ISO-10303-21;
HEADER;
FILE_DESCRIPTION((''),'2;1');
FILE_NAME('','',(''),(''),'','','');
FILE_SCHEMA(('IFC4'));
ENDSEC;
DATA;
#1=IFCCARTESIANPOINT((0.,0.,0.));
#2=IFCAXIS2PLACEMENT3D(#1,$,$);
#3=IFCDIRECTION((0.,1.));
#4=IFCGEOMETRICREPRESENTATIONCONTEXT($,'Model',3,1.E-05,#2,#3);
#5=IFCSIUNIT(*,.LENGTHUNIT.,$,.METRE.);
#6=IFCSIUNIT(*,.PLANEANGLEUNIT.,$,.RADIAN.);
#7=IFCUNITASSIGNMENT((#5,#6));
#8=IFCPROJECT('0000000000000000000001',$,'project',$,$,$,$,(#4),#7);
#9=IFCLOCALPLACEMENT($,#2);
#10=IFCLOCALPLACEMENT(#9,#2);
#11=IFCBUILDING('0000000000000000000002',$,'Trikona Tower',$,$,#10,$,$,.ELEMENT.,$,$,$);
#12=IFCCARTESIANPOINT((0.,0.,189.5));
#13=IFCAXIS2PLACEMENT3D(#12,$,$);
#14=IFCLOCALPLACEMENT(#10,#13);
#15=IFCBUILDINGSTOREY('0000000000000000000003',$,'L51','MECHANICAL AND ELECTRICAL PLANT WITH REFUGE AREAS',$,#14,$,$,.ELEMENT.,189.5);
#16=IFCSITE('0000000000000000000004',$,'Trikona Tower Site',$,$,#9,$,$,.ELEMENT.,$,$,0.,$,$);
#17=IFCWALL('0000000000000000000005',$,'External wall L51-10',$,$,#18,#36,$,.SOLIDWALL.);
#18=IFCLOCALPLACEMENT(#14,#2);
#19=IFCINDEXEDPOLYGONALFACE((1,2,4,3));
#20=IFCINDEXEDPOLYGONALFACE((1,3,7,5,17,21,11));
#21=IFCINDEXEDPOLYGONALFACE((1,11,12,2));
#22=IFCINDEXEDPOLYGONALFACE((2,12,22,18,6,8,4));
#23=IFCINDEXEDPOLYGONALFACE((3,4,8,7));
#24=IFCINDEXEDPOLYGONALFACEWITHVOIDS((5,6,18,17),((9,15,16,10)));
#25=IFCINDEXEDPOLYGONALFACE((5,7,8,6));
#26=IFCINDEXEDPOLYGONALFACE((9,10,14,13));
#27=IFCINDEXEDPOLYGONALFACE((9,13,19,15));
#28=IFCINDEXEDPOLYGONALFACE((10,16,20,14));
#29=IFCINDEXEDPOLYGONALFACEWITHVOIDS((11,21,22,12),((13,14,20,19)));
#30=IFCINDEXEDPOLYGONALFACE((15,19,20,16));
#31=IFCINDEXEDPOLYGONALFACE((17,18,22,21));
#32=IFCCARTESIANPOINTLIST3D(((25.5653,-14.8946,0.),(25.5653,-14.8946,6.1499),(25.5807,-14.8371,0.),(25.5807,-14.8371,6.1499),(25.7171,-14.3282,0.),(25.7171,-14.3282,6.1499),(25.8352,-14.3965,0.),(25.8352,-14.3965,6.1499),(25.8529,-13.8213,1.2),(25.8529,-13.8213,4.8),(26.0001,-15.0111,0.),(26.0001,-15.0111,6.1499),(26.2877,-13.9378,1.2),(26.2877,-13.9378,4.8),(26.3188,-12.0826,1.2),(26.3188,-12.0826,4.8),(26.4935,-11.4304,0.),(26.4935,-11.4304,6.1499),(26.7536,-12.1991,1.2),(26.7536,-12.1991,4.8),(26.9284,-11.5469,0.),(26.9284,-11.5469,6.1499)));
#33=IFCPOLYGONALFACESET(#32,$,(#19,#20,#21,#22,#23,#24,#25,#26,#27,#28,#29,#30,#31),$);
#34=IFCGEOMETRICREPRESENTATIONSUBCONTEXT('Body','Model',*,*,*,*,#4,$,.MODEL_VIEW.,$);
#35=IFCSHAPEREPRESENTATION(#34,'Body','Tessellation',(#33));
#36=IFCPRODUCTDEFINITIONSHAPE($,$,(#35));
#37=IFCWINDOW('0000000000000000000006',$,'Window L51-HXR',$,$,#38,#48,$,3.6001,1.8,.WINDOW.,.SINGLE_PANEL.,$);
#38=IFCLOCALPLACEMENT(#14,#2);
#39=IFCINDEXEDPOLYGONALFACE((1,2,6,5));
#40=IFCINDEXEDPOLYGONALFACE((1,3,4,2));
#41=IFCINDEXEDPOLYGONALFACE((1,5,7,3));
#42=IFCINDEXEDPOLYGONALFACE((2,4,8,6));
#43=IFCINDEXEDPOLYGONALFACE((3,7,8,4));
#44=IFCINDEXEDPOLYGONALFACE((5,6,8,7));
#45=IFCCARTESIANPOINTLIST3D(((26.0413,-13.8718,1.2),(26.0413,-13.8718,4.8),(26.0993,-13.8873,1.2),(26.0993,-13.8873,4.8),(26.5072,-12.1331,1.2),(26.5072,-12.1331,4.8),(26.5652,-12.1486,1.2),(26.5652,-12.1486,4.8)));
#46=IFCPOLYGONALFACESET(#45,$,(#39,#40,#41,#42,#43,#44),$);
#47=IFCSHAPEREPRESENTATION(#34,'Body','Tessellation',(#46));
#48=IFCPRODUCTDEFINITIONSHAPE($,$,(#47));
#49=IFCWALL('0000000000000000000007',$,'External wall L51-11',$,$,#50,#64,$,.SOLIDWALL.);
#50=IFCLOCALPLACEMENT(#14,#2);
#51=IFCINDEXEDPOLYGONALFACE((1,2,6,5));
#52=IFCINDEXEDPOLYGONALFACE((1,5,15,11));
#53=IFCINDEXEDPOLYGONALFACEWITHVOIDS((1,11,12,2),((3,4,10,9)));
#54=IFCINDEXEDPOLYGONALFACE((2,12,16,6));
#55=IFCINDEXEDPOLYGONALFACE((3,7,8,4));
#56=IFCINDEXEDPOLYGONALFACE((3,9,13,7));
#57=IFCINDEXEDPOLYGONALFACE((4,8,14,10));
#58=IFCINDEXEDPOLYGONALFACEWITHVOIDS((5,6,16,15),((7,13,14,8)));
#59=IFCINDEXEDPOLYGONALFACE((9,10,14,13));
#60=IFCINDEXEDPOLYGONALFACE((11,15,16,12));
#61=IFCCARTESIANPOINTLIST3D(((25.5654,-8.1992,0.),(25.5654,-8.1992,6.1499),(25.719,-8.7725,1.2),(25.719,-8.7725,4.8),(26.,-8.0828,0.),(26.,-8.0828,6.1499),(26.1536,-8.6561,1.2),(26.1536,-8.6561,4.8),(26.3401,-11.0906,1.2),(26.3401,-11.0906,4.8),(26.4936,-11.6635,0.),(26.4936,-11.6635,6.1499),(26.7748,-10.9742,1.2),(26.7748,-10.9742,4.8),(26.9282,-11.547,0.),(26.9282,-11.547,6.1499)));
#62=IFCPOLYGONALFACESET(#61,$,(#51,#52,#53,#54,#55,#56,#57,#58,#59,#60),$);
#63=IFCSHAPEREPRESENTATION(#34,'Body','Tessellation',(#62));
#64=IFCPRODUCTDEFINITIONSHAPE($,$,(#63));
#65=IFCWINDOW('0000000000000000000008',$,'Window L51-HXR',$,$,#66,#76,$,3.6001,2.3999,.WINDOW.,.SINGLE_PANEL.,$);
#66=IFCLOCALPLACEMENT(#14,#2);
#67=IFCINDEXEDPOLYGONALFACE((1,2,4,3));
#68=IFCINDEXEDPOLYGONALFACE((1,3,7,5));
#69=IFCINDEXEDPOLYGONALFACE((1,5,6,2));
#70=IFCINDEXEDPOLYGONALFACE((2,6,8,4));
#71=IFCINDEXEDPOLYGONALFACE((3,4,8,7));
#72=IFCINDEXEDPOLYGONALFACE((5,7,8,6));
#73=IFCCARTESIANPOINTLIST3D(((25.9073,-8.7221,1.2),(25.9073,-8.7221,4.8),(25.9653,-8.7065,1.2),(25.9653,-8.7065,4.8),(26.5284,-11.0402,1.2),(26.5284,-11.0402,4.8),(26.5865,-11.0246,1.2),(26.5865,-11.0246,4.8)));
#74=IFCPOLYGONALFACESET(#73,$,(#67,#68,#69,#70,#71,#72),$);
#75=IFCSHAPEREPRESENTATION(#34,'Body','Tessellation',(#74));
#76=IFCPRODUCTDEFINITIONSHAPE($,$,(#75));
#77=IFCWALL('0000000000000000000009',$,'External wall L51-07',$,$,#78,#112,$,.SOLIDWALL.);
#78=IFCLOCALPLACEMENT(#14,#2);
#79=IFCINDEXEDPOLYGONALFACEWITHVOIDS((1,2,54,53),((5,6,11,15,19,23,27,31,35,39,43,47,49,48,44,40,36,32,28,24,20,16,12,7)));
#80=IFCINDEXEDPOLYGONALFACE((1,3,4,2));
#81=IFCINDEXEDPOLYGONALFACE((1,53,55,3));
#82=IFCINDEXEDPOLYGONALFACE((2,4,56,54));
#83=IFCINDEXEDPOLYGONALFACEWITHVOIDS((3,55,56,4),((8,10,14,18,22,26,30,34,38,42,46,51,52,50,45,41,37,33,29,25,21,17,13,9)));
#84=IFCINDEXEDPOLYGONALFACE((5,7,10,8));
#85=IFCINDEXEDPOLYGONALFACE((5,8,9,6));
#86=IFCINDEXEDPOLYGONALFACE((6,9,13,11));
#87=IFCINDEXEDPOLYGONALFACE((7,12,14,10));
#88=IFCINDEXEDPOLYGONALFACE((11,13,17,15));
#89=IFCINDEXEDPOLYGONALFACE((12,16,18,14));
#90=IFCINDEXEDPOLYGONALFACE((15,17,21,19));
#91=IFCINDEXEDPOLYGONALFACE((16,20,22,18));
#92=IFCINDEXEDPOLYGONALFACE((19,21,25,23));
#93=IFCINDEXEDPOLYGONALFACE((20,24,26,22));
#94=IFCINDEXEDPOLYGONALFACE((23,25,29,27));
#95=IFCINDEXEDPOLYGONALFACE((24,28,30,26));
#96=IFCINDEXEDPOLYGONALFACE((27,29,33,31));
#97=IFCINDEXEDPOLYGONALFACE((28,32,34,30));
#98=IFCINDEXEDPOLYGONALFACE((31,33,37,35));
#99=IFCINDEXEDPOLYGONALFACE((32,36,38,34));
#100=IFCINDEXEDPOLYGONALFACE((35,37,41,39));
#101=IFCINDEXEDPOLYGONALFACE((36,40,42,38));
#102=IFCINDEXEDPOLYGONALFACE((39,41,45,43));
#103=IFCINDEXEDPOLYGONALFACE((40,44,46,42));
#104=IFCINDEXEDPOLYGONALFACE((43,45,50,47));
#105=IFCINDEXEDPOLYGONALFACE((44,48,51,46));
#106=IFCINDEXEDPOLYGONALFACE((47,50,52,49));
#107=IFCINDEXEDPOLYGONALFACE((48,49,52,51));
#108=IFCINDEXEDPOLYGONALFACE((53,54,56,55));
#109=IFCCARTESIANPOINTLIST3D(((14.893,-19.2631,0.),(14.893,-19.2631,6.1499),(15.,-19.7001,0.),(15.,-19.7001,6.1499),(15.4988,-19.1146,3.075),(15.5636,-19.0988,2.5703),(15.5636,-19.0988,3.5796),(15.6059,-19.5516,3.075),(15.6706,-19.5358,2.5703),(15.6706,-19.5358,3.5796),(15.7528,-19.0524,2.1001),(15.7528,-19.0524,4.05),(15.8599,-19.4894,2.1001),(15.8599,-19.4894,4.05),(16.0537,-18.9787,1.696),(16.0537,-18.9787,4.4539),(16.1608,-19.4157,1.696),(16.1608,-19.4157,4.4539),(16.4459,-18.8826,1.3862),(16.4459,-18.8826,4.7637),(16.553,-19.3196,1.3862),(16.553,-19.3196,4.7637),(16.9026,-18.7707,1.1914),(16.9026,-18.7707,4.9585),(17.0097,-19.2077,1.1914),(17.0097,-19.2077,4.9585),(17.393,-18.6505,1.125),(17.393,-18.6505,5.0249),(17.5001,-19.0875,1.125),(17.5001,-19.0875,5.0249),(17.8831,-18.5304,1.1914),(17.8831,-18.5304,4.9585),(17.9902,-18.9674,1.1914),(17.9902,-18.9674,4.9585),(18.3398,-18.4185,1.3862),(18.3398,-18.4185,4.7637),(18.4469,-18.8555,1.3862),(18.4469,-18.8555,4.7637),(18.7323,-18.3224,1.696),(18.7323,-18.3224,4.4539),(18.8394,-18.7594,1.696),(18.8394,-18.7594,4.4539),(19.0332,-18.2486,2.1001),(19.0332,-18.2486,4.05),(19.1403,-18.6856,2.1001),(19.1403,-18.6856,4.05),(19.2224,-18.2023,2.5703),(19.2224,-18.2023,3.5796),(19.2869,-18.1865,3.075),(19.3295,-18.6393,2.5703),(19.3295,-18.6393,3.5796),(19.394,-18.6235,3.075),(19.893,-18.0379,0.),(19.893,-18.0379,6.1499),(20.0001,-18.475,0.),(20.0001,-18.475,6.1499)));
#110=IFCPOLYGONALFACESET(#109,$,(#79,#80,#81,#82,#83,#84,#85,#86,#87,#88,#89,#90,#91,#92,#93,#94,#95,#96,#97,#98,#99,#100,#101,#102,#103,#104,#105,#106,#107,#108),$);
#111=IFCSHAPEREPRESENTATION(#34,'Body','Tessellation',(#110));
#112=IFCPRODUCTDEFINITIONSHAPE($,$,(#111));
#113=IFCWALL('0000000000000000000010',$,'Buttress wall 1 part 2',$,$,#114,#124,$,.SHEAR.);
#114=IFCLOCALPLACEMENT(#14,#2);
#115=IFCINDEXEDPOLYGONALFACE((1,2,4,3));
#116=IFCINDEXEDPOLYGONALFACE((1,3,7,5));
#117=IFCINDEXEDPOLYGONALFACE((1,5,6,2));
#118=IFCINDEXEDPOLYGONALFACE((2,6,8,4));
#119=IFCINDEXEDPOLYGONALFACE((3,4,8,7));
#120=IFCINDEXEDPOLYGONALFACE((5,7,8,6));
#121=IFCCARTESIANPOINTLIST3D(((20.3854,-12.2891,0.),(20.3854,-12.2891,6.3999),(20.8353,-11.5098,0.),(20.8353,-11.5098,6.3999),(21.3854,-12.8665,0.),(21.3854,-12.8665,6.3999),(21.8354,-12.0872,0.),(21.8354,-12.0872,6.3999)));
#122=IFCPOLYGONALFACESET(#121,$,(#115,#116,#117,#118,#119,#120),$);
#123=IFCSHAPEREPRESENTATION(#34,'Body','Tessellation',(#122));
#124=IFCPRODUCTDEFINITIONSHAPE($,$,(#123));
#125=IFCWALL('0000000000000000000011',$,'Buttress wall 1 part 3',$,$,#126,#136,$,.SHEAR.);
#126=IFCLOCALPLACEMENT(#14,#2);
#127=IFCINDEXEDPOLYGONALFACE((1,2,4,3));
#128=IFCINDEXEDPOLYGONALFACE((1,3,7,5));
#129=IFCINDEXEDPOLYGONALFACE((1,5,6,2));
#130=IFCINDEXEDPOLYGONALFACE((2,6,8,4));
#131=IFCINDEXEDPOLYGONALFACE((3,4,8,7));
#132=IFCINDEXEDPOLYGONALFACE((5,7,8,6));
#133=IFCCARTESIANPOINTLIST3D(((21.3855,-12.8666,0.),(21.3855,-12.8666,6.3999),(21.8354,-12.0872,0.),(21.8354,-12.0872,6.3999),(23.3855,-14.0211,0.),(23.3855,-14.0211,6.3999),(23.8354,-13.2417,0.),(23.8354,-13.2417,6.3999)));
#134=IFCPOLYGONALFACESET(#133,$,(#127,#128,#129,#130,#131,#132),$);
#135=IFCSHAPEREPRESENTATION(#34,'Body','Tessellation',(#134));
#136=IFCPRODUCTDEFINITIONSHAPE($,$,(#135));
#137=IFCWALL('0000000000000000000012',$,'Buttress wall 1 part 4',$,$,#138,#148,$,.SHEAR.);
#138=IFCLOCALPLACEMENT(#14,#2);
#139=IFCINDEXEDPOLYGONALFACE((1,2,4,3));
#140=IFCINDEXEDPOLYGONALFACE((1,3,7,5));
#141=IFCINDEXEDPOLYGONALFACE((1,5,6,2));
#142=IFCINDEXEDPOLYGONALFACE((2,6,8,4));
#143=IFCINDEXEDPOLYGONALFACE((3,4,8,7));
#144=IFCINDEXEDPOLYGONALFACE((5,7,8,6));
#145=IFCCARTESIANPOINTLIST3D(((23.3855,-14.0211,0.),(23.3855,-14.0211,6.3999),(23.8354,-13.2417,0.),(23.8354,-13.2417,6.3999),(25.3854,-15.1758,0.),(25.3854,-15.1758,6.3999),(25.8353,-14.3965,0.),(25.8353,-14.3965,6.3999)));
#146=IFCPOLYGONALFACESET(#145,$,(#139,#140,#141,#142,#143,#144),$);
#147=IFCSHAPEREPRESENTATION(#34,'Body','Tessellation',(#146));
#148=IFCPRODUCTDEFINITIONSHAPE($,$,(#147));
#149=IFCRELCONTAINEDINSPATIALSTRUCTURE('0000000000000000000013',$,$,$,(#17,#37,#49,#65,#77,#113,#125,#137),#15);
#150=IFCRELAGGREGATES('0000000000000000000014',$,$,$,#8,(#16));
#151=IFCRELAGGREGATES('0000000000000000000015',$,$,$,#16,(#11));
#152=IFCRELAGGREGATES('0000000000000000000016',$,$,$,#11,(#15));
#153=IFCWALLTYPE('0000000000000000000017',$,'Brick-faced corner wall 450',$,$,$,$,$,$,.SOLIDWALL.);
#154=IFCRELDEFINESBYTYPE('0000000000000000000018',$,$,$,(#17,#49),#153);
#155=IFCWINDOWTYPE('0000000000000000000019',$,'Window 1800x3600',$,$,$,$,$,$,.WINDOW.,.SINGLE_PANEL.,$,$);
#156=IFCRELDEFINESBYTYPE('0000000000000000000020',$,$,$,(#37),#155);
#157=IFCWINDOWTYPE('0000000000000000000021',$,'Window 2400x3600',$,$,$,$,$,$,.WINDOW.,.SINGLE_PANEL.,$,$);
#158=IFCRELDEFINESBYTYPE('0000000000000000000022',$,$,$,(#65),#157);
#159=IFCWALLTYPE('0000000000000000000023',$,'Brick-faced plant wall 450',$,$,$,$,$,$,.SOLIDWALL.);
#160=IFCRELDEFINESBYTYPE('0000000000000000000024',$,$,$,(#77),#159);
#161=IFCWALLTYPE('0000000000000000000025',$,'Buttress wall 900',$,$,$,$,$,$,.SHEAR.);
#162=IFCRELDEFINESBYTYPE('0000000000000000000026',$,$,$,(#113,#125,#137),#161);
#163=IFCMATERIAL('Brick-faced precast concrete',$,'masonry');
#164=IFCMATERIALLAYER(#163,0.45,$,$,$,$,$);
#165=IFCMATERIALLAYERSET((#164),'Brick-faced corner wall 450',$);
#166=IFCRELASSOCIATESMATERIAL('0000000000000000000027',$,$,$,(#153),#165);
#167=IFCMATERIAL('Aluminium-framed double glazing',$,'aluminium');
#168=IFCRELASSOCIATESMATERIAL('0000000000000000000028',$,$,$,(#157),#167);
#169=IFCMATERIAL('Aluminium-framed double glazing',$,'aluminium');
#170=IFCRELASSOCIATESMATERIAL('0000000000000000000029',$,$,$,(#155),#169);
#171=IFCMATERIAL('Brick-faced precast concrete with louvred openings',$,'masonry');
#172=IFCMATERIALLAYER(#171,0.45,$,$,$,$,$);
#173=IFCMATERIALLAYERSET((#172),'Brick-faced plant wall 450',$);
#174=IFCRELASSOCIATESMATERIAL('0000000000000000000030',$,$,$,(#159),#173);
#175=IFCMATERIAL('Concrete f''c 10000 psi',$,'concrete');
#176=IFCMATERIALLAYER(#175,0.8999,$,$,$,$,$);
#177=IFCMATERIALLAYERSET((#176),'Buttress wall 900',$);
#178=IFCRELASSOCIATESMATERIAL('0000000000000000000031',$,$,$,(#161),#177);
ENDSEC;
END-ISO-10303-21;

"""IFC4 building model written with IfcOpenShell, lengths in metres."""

from ifc_helpers import new_model, si_unit, direction, frame, frame_2d, origin, place, context, subcontext, project, spatial, polyline, rectangle, outline, extrude, material, layer, layer_set, type_object, element, fill, save


model = new_model("IFC4")

# Units and contexts
model_context = context("Model", 3, precision=1e-05, world=origin(), true_north=direction((0.0, 1.0)))
body_context = subcontext(model_context, "Body", "Model", "MODEL_VIEW")
ifc_project = project(units=[si_unit("LENGTHUNIT", "METRE"), si_unit("PLANEANGLEUNIT", "RADIAN")], contexts=[model_context])

# Site, building, storey
site_placement = place(None, origin())
site = spatial("IfcSite", under=ifc_project, at=site_placement, Name="Trikona Tower Site", CompositionType="ELEMENT", RefElevation=0.0)
building_placement = place(site_placement, origin())
building = spatial("IfcBuilding", under=site, at=building_placement, Name="Trikona Tower", CompositionType="ELEMENT")
storey_placement = place(building_placement, frame((0.0, 0.0, 189.5)))
storey = spatial("IfcBuildingStorey", under=building, at=storey_placement, Name="L51", Description="MECHANICAL AND ELECTRICAL PLANT WITH REFUGE AREAS", CompositionType="ELEMENT", Elevation=189.5)

# Walls, openings, windows
ifc_material_1 = material(Name="Brick-faced precast concrete", Category="masonry")
ifc_layer_1 = layer(ifc_material_1, 0.45)
ifc_layer_set_1 = layer_set([ifc_layer_1], Name="Brick-faced corner wall 450")
wall_type_1 = type_object("IfcWallType", Name="Brick-faced corner wall 450", PredefinedType="SOLIDWALL", material=ifc_layer_set_1)
ifc_material_2 = material(Name="Aluminium-framed double glazing", Category="aluminium")
window_type_1 = type_object("IfcWindowType", Name="Window 2400x3600", PartitioningType="SINGLE_PANEL", PredefinedType="WINDOW", material=ifc_material_2)
ifc_material_3 = material(Name="Aluminium-framed double glazing", Category="aluminium")
window_type_2 = type_object("IfcWindowType", Name="Window 1800x3600", PartitioningType="SINGLE_PANEL", PredefinedType="WINDOW", material=ifc_material_3)
wall_1_placement = place(storey_placement, frame((25.7827, -14.9529, 0.0), z_axis=(0.0, 0.0, 1.0), x_axis=(0.258823, 0.965925, 0.0)))
wall_1 = element("IfcWall", 1, at=wall_1_placement, inside=storey, type_object=wall_type_1, Name="External wall L51-10", PredefinedType="SOLIDWALL", context=body_context, shape_type="SweptSolid", body=[
    extrude(outline(polyline([(3.5864, 0.2251), (0.5864, 0.2251), (0.551, 0.0933), (0.0596, 0.2251), (0.0, 0.2251), (0.0, -0.2251), (3.5864, -0.2251), (3.5864, 0.2251)])), origin(), (0.0, 0.0, 1.0), 6.1499),
])
opening_1_placement = place(wall_1_placement, frame((1.1113, 0.0, 1.2)))
opening_1 = element("IfcOpeningElement", 2, at=opening_1_placement, cuts=wall_1, PredefinedType="OPENING", context=body_context, shape_type="SweptSolid", body=[
    extrude(rectangle(XDim=1.8, YDim=3.6001, at=frame_2d((0.8999, 1.8))), frame((0.0, 0.2349, 0.0), z_axis=(0.0, -1.0, 0.0), x_axis=(1.0, 0.0, 0.0)), (0.0, 0.0, 1.0), 0.47),
])
window_1_placement = place(opening_1_placement, origin())
window_1 = element("IfcWindow", 3, at=window_1_placement, inside=storey, type_object=window_type_2, Name="Window L51-HXR", OverallHeight=3.6001, OverallWidth=1.8, PartitioningType="SINGLE_PANEL", PredefinedType="WINDOW", context=body_context, shape_type="SweptSolid", body=[
    extrude(rectangle(XDim=1.8, YDim=3.6001, at=frame_2d((0.8999, 1.8))), frame((0.0, 0.03, 0.0), z_axis=(0.0, -1.0, 0.0), x_axis=(1.0, 0.0, 0.0)), (0.0, 0.0, 1.0), 0.0601),
])
fill(opening_1, window_1)
wall_2_placement = place(storey_placement, frame((26.7109, -11.6052, 0.0), z_axis=(0.0, 0.0, 1.0), x_axis=(-0.258823, 0.965925, 0.0)))
wall_2 = element("IfcWall", 4, at=wall_2_placement, inside=storey, type_object=wall_type_1, Name="External wall L51-11", PredefinedType="SOLIDWALL", context=body_context, shape_type="SweptSolid", body=[
    extrude(rectangle(XDim=3.5864, YDim=0.45, at=frame_2d((1.7932, 0.0))), origin(), (0.0, 0.0, 1.0), 6.1499),
])
opening_2_placement = place(wall_2_placement, frame((0.593, 0.0, 1.2)))
opening_2 = element("IfcOpeningElement", 5, at=opening_2_placement, cuts=wall_2, PredefinedType="OPENING", context=body_context, shape_type="SweptSolid", body=[
    extrude(rectangle(XDim=2.3999, YDim=3.6001, at=frame_2d((1.2, 1.8))), frame((0.0, 0.2349, 0.0), z_axis=(0.0, -1.0, 0.0), x_axis=(1.0, 0.0, 0.0)), (0.0, 0.0, 1.0), 0.47),
])
window_2_placement = place(opening_2_placement, origin())
window_2 = element("IfcWindow", 6, at=window_2_placement, inside=storey, type_object=window_type_1, Name="Window L51-HXR", OverallHeight=3.6001, OverallWidth=2.3999, PartitioningType="SINGLE_PANEL", PredefinedType="WINDOW", context=body_context, shape_type="SweptSolid", body=[
    extrude(rectangle(XDim=2.3999, YDim=3.6001, at=frame_2d((1.2, 1.8))), frame((0.0, 0.03, 0.0), z_axis=(0.0, -1.0, 0.0), x_axis=(1.0, 0.0, 0.0)), (0.0, 0.0, 1.0), 0.0601),
])
fill(opening_2, window_2)

# Walls
ifc_material_4 = material(Name="Brick-faced precast concrete with louvred openings", Category="masonry")
ifc_layer_2 = layer(ifc_material_4, 0.45)
ifc_layer_set_2 = layer_set([ifc_layer_2], Name="Brick-faced plant wall 450")
wall_type_2 = type_object("IfcWallType", Name="Brick-faced plant wall 450", PredefinedType="SOLIDWALL", material=ifc_layer_set_2)
wall_3_placement = place(storey_placement, frame((14.9465, -19.4817, 0.0), z_axis=(0.0, 0.0, 1.0), x_axis=(0.97127, 0.23798, 0.0)))
element("IfcWall", 7, at=wall_3_placement, inside=storey, type_object=wall_type_2, Name="External wall L51-07", PredefinedType="SOLIDWALL", context=body_context, shape_type="SweptSolid", body=[
    extrude(outline(polyline([(0.0, 0.0), (5.1479, 0.0), (5.1479, 6.1499), (0.0, 6.1499), (0.0, 0.0)]), holes=[polyline([(4.5239, 3.075), (4.4575, 3.5796), (4.2627, 4.05), (3.9529, 4.4539), (3.5488, 4.7637), (3.0786, 4.9585), (2.574, 5.0249), (2.0691, 4.9585), (1.5989, 4.7637), (1.1951, 4.4539), (0.8853, 4.05), (0.6904, 3.5796), (0.6238, 3.075), (0.6904, 2.5703), (0.8853, 2.1001), (1.1951, 1.696), (1.5989, 1.3862), (2.0691, 1.1914), (2.574, 1.125), (3.0786, 1.1914), (3.5488, 1.3862), (3.9529, 1.696), (4.2627, 2.1001), (4.4575, 2.5703), (4.5239, 3.075)])]), frame((0.0, 0.2251, 0.0), z_axis=(0.0, -1.0, 0.0), x_axis=(1.0, 0.0, 0.0)), (0.0, 0.0, 1.0), 0.45),
])
ifc_material_5 = material(Name="Concrete f'c 10000 psi", Category="concrete")
ifc_layer_3 = layer(ifc_material_5, 0.8999)
ifc_layer_set_3 = layer_set([ifc_layer_3], Name="Buttress wall 900")
wall_type_3 = type_object("IfcWallType", Name="Buttress wall 900", PredefinedType="SHEAR", material=ifc_layer_set_3)
wall_4_placement = place(storey_placement, frame((20.6104, -11.8994, 0.0), z_axis=(0.0, 0.0, 1.0), x_axis=(0.86601, -0.500027, 0.0)))
element("IfcWall", 8, at=wall_4_placement, inside=storey, type_object=wall_type_3, Name="Buttress wall 1 part 2", PredefinedType="SHEAR", context=body_context, shape_type="SweptSolid", body=[
    extrude(rectangle(XDim=1.1548, YDim=0.8999, at=frame_2d((0.5774, 0.0))), origin(), (0.0, 0.0, 1.0), 6.3999),
])
for number, where, z_axis, x_axis, name in (
    (9, (21.6104, -12.4768, 0.0), (0.0, 0.0, 1.0), (0.866055, -0.499948, 0.0), "Buttress wall 1 part 3"),
    (10, (23.6104, -13.6313, 0.0), (0.0, 0.0, 1.0), (0.86601, -0.500027, 0.0), "Buttress wall 1 part 4"),
):
    element("IfcWall", number, at=place(storey_placement, frame(where, z_axis=z_axis, x_axis=x_axis)), inside=storey, type_object=wall_type_3, Name=name, PredefinedType="SHEAR", context=body_context, shape_type="SweptSolid", body=[
        extrude(rectangle(XDim=2.3093, YDim=0.8999, at=frame_2d((1.1548, 0.0))), origin(), (0.0, 0.0, 1.0), 6.3999),
    ])

save(model, "model.ifc")
